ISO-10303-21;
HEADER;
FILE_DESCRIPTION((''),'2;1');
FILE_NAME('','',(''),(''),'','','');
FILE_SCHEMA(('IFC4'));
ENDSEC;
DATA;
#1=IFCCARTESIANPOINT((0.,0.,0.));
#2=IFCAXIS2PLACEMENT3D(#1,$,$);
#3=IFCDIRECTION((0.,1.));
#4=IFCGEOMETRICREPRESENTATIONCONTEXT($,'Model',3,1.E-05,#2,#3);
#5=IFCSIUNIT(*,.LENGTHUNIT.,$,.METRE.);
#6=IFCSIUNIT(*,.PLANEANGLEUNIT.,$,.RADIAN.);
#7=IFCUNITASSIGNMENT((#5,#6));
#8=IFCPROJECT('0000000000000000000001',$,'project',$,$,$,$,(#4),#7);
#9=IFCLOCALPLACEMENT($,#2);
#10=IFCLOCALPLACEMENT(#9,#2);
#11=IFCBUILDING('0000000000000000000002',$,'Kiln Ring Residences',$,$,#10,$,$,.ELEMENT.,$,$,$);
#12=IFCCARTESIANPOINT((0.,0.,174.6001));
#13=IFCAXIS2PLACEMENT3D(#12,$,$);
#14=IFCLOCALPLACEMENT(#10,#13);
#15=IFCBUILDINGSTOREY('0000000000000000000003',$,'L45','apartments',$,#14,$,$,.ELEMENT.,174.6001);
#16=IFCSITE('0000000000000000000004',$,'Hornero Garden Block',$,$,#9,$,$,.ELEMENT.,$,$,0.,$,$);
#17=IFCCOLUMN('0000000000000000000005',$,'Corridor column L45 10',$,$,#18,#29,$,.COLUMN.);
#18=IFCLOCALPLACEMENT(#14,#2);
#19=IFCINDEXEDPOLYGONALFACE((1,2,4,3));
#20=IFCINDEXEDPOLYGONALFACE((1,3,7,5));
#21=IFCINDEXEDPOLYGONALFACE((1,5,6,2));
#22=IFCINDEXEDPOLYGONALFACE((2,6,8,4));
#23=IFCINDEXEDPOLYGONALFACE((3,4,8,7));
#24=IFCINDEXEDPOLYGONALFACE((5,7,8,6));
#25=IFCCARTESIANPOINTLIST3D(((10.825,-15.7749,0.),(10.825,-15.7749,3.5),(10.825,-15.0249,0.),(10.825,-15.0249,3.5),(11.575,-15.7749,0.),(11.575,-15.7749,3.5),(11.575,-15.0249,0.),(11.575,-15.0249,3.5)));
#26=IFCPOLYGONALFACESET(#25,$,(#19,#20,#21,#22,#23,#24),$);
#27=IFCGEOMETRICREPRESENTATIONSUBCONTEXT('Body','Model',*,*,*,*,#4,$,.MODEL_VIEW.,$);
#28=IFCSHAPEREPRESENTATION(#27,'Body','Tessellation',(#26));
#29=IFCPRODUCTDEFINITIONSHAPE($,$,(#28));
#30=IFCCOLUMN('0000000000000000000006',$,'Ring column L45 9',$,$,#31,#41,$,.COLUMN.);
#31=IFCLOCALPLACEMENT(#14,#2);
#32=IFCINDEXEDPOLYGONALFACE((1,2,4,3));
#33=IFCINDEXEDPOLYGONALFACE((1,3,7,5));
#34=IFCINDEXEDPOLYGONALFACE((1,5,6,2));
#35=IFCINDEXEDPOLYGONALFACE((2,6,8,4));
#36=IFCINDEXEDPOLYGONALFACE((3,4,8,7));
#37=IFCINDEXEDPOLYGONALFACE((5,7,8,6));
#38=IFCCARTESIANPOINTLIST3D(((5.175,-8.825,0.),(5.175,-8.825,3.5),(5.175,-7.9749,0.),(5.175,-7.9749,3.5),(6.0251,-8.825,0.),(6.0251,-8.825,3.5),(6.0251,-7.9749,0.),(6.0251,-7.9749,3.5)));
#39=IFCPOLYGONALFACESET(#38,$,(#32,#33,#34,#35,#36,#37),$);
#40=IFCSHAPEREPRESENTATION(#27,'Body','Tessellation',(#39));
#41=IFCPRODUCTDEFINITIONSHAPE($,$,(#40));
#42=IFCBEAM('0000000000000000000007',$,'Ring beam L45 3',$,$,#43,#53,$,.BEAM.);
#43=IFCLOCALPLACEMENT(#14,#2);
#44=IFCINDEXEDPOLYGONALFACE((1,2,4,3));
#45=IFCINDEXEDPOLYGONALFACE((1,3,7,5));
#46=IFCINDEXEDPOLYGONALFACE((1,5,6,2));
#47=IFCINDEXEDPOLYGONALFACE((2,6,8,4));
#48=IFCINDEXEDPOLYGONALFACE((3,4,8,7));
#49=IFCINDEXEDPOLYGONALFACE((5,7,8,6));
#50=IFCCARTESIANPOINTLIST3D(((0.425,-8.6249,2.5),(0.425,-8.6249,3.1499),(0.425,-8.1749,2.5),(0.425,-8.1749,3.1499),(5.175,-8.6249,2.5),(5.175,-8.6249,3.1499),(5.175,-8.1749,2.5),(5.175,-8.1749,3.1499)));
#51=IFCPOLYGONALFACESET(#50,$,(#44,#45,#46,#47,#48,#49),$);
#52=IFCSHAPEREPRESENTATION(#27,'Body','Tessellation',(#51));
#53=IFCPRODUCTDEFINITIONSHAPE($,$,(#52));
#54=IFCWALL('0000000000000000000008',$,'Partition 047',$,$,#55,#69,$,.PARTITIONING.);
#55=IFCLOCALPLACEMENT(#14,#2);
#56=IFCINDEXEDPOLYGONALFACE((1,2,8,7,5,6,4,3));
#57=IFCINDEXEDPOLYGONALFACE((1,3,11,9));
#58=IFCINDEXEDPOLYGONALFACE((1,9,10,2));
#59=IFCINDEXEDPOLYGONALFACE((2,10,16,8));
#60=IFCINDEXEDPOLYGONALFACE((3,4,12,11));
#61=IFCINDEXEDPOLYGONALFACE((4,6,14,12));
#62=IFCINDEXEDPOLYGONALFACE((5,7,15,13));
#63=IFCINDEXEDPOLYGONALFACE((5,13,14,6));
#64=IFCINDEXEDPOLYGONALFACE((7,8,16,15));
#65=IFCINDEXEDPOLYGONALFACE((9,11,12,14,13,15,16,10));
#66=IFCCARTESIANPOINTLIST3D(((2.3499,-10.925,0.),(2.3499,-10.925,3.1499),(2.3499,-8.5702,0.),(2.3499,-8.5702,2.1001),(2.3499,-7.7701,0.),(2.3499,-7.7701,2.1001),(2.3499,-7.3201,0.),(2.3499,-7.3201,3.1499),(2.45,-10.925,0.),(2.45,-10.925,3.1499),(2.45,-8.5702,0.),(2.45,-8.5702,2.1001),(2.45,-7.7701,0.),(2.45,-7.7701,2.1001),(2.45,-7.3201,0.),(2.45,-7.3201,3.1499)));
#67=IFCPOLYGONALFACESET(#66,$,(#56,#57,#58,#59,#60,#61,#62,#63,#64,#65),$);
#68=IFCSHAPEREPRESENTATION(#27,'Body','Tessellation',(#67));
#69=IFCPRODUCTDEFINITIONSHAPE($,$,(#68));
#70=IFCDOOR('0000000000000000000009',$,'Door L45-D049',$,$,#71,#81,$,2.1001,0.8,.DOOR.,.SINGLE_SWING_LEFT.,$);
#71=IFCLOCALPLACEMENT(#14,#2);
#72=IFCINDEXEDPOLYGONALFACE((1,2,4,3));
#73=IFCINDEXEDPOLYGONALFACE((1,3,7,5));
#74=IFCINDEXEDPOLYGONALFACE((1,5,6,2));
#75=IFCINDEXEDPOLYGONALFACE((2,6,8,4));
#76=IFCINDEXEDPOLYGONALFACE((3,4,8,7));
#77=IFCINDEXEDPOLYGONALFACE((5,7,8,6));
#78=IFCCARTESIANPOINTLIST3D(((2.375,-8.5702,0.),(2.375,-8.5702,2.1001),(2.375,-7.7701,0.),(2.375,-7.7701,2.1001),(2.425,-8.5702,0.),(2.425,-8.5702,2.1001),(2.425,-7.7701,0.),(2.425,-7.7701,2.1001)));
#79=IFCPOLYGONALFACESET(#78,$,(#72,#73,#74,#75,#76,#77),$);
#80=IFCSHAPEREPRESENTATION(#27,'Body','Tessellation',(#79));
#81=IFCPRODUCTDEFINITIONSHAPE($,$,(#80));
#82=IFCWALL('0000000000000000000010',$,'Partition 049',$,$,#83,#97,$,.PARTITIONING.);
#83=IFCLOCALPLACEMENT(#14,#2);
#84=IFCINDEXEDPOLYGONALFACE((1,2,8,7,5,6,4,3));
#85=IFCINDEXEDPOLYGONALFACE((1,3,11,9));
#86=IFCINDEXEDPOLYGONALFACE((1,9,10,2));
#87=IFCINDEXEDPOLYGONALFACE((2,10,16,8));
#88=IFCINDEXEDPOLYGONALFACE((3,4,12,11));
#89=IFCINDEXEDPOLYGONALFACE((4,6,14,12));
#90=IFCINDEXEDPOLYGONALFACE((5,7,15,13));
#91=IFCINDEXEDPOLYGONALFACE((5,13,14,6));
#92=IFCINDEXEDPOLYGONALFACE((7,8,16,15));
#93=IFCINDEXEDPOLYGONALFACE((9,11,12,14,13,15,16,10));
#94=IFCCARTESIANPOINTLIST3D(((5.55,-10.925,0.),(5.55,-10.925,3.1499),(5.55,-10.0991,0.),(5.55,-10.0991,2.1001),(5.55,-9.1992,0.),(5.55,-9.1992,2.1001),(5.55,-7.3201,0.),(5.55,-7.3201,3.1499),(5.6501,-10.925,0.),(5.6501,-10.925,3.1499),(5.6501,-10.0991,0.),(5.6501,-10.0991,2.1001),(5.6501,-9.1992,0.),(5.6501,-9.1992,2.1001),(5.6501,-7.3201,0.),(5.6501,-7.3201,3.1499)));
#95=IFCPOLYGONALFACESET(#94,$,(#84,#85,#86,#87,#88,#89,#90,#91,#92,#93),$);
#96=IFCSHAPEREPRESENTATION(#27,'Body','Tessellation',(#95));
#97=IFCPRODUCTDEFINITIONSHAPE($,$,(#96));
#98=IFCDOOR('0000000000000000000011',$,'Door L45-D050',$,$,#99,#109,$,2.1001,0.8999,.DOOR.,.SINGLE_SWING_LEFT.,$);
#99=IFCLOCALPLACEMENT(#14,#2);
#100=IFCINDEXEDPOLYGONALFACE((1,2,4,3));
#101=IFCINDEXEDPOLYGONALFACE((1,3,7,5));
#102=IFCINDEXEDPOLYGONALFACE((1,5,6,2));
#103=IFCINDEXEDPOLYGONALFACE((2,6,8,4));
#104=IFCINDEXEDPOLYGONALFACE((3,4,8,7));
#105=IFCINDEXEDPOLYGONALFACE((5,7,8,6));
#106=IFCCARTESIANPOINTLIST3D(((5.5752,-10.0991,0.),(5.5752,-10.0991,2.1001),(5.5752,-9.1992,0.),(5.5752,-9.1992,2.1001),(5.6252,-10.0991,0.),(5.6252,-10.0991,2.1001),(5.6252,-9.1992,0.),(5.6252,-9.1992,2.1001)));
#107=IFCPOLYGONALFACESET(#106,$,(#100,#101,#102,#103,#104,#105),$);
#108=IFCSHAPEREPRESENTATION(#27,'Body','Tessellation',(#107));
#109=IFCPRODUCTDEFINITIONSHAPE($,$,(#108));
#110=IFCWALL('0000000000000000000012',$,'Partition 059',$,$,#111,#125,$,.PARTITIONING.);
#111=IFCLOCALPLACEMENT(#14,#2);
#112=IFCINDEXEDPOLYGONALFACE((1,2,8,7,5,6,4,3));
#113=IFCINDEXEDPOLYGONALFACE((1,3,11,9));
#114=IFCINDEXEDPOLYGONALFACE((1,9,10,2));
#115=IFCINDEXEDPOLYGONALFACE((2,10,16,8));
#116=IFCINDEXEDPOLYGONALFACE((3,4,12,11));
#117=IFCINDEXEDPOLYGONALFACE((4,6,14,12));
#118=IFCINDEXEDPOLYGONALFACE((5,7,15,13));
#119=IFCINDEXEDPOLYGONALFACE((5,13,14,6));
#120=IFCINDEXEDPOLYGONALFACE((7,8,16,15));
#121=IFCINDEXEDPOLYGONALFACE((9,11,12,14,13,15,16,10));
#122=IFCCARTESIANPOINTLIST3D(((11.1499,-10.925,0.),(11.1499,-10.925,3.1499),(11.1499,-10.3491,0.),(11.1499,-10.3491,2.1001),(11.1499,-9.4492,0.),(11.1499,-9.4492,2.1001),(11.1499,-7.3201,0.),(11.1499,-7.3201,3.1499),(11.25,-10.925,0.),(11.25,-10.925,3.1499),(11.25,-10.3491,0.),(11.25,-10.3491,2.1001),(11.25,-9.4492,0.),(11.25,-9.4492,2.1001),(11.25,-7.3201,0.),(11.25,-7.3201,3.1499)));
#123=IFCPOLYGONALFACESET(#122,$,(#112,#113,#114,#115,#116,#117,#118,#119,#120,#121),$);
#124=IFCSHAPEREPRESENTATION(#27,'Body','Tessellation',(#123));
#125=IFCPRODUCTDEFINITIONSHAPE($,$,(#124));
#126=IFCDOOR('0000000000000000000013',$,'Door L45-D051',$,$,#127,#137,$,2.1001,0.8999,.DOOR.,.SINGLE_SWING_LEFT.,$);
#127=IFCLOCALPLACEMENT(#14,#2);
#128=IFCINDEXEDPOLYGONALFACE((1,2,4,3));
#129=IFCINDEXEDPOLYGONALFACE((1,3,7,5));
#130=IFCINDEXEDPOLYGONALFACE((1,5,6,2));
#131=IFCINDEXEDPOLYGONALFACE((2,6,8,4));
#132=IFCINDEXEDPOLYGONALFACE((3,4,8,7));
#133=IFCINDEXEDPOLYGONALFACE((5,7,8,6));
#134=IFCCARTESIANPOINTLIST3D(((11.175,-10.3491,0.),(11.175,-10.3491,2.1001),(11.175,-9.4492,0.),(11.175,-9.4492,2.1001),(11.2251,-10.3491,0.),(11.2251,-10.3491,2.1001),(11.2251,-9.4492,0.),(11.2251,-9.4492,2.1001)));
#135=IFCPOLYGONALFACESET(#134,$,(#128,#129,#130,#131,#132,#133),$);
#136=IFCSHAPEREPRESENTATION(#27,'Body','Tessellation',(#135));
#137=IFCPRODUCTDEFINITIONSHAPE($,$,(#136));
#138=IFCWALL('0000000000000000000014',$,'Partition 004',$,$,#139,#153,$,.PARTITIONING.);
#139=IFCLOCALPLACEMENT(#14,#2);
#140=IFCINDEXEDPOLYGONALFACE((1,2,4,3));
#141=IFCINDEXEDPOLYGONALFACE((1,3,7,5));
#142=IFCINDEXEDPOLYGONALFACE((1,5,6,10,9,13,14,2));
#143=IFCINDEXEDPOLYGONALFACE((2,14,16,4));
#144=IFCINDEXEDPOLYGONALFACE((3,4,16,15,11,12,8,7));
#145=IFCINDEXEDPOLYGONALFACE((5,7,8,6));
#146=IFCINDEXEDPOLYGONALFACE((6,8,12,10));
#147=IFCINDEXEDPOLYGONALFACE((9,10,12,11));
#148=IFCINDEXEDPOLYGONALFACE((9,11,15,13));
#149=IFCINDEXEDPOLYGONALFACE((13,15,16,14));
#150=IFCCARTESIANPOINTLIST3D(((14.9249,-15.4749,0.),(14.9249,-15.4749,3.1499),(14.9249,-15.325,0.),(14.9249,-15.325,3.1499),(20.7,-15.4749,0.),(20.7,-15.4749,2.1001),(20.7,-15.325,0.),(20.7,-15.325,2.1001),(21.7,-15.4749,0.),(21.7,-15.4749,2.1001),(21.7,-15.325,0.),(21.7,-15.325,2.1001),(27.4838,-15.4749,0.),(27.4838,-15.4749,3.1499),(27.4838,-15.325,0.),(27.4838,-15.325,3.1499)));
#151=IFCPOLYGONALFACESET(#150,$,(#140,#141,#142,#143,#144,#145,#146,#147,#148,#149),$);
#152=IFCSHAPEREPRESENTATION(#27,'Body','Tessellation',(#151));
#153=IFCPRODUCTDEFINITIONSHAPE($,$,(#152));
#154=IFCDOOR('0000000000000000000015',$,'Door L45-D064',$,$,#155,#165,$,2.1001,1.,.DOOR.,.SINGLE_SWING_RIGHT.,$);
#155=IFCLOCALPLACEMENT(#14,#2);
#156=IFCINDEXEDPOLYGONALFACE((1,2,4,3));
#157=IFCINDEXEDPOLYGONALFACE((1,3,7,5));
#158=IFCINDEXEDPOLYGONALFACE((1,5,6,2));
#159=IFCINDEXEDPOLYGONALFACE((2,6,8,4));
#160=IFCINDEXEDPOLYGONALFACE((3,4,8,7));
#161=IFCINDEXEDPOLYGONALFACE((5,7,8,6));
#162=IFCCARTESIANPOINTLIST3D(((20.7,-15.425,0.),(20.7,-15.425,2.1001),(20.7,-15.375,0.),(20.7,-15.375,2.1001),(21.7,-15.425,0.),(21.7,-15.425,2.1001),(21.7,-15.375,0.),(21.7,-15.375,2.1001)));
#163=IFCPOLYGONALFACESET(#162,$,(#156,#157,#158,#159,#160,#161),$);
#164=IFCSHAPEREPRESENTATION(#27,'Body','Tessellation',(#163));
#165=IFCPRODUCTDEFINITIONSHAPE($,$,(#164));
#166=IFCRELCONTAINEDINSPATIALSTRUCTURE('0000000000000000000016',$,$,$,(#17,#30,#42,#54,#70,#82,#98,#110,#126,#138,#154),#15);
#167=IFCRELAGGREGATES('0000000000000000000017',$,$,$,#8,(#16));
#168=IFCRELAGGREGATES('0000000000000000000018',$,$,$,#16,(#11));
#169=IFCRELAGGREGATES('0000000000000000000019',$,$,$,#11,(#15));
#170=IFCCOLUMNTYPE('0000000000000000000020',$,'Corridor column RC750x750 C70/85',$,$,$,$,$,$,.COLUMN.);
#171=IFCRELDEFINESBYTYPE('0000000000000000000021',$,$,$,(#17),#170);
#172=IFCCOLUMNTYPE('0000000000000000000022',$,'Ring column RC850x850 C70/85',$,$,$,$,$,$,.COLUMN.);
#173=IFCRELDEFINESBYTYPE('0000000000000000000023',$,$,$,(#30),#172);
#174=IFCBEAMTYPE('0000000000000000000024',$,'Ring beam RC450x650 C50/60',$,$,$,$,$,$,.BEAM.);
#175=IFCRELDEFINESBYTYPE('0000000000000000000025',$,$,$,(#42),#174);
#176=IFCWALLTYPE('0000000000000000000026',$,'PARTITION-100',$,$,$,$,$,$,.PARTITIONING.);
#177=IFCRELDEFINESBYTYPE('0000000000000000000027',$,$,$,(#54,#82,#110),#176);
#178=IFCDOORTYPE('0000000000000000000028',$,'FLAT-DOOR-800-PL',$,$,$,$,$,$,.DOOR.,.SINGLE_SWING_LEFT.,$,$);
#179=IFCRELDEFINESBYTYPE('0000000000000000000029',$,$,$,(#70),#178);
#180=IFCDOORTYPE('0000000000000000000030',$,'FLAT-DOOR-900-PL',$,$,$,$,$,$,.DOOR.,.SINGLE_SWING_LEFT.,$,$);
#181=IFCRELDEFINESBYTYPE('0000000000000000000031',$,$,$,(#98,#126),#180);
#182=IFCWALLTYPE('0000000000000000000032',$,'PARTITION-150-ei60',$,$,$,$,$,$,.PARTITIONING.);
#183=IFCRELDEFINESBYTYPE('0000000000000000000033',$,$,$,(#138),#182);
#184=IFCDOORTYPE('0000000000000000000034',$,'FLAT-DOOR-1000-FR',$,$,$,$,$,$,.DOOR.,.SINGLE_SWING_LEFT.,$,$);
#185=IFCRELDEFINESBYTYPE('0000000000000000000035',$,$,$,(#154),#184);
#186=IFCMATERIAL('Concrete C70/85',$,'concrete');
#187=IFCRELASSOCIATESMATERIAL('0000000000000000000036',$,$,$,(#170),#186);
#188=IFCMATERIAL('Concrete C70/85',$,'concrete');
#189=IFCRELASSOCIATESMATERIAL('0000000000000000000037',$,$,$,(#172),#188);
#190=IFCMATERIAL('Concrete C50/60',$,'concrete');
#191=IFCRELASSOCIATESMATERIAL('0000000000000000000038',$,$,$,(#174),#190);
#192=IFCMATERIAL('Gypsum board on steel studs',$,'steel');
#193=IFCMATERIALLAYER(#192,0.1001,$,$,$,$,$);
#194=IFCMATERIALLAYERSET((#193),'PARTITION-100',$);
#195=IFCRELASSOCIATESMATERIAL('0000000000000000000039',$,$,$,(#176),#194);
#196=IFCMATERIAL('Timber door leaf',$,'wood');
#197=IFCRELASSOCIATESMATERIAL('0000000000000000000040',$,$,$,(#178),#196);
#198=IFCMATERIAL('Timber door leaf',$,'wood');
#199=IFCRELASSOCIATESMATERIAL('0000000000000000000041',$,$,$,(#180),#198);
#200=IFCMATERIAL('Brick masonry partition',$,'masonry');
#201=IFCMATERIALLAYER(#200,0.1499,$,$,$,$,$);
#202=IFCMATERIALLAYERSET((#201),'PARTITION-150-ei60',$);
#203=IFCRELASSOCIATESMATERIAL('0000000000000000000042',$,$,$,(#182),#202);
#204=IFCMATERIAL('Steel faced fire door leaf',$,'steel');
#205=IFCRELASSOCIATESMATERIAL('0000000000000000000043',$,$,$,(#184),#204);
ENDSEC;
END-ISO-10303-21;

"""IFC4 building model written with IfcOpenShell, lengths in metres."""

from ifc_helpers import new_model, si_unit, direction, frame, frame_2d, origin, origin_2d, place, context, subcontext, project, spatial, rectangle, extrude, material, layer, layer_set, material_profile, profile_set, type_object, element, fill, save


model = new_model("IFC4")

# Units and contexts
model_context = context("Model", 3, precision=1e-05, world=origin(), true_north=direction((0.0, 1.0)))
body_context = subcontext(model_context, "Body", "Model", "MODEL_VIEW")
ifc_project = project(units=[si_unit("LENGTHUNIT", "METRE"), si_unit("PLANEANGLEUNIT", "RADIAN")], contexts=[model_context])

# Site, building, storey
site_placement = place(None, origin())
site = spatial("IfcSite", under=ifc_project, at=site_placement, Name="Hornero Garden Block", CompositionType="ELEMENT", RefElevation=0.0)
building_placement = place(site_placement, origin())
building = spatial("IfcBuilding", under=site, at=building_placement, Name="Kiln Ring Residences", CompositionType="ELEMENT")
storey_placement = place(building_placement, frame((0.0, 0.0, 174.6001)))
storey = spatial("IfcBuildingStorey", under=building, at=storey_placement, Name="L45", Description="apartments", CompositionType="ELEMENT", Elevation=174.6001)

# Columns
ifc_material_1 = material(Name="Concrete C70/85", Category="concrete")
ifc_material_profile_1 = material_profile(ifc_material_1, rectangle(XDim=0.75, YDim=0.75, at=origin_2d()), Name="RC750x750")
ifc_profile_set_1 = profile_set([ifc_material_profile_1], Name="Concrete C70/85")
column_type_1 = type_object("IfcColumnType", Name="Corridor column RC750x750 C70/85", PredefinedType="COLUMN", material=ifc_profile_set_1)
column_1_placement = place(storey_placement, frame((11.2, -15.3999, 0.0), z_axis=(0.0, 0.0, 1.0), x_axis=(1.0, 0.0, 0.0)))
element("IfcColumn", 1, at=column_1_placement, inside=storey, type_object=column_type_1, Name="Corridor column L45 10", PredefinedType="COLUMN", context=body_context, shape_type="SweptSolid", body=[
    extrude(rectangle(XDim=0.75, YDim=0.75, at=origin_2d()), origin(), (0.0, 0.0, 1.0), 3.5),
])
ifc_material_2 = material(Name="Concrete C70/85", Category="concrete")
ifc_material_profile_2 = material_profile(ifc_material_2, rectangle(XDim=0.8501, YDim=0.8501, at=origin_2d()), Name="RC850x850")
ifc_profile_set_2 = profile_set([ifc_material_profile_2], Name="Concrete C70/85")
column_type_2 = type_object("IfcColumnType", Name="Ring column RC850x850 C70/85", PredefinedType="COLUMN", material=ifc_profile_set_2)
column_2_placement = place(storey_placement, frame((5.6001, -8.3999, 0.0), z_axis=(0.0, 0.0, 1.0), x_axis=(1.0, 0.0, 0.0)))
element("IfcColumn", 2, at=column_2_placement, inside=storey, type_object=column_type_2, Name="Ring column L45 9", PredefinedType="COLUMN", context=body_context, shape_type="SweptSolid", body=[
    extrude(rectangle(XDim=0.8501, YDim=0.8501, at=origin_2d()), origin(), (0.0, 0.0, 1.0), 3.5),
])

# Beam
ifc_material_3 = material(Name="Concrete C50/60", Category="concrete")
ifc_material_profile_3 = material_profile(ifc_material_3, rectangle(XDim=0.45, YDim=0.6499, at=origin_2d()), Name="RC450x650")
ifc_profile_set_3 = profile_set([ifc_material_profile_3], Name="Concrete C50/60")
beam_type = type_object("IfcBeamType", Name="Ring beam RC450x650 C50/60", PredefinedType="BEAM", material=ifc_profile_set_3)
beam_placement = place(storey_placement, frame((0.425, -8.3999, 2.825), z_axis=(1.0, 0.0, 0.0), x_axis=(0.0, 1.0, 0.0)))
element("IfcBeam", 3, at=beam_placement, inside=storey, type_object=beam_type, Name="Ring beam L45 3", PredefinedType="BEAM", context=body_context, shape_type="SweptSolid", body=[
    extrude(rectangle(XDim=0.45, YDim=0.6499, at=origin_2d()), origin(), (0.0, 0.0, 1.0), 4.75),
])

# Walls, openings, doors
ifc_material_4 = material(Name="Gypsum board on steel studs", Category="steel")
ifc_layer_1 = layer(ifc_material_4, 0.1001)
ifc_layer_set_1 = layer_set([ifc_layer_1], Name="PARTITION-100")
wall_type_1 = type_object("IfcWallType", Name="PARTITION-100", PredefinedType="PARTITIONING", material=ifc_layer_set_1)
wall_1_placement = place(storey_placement, frame((2.3999, -10.925, 0.0), z_axis=(0.0, 0.0, 1.0), x_axis=(0.0, 1.0, 0.0)))
wall_1 = element("IfcWall", 4, at=wall_1_placement, inside=storey, type_object=wall_type_1, Name="Partition 047", PredefinedType="PARTITIONING", context=body_context, shape_type="SweptSolid", body=[
    extrude(rectangle(XDim=3.605, YDim=0.1001, at=frame_2d((1.8025, 0.0))), origin(), (0.0, 0.0, 1.0), 3.1499),
])
opening_1_placement = place(wall_1_placement, frame((2.355, 0.0, 0.0)))
opening_1 = element("IfcOpeningElement", 5, at=opening_1_placement, cuts=wall_1, PredefinedType="OPENING", context=body_context, shape_type="SweptSolid", body=[
    extrude(rectangle(XDim=0.8, YDim=2.1001, at=frame_2d((0.3999, 1.05))), frame((0.0, 0.0601, 0.0), z_axis=(0.0, -1.0, 0.0), x_axis=(1.0, 0.0, 0.0)), (0.0, 0.0, 1.0), 0.1201),
])
ifc_material_5 = material(Name="Timber door leaf", Category="wood")
door_type_1 = type_object("IfcDoorType", Name="FLAT-DOOR-800-PL", OperationType="SINGLE_SWING_LEFT", PredefinedType="DOOR", material=ifc_material_5)
door_1_placement = place(opening_1_placement, origin())
door_1 = element("IfcDoor", 6, at=door_1_placement, inside=storey, type_object=door_type_1, Name="Door L45-D049", OperationType="SINGLE_SWING_LEFT", OverallHeight=2.1001, OverallWidth=0.8, PredefinedType="DOOR", context=body_context, shape_type="SweptSolid", body=[
    extrude(rectangle(XDim=0.8, YDim=2.1001, at=frame_2d((0.3999, 1.05))), frame((0.0, 0.0249, 0.0), z_axis=(0.0, -1.0, 0.0), x_axis=(1.0, 0.0, 0.0)), (0.0, 0.0, 1.0), 0.05),
])
fill(opening_1, door_1)
wall_2_placement = place(storey_placement, frame((5.6001, -10.925, 0.0), z_axis=(0.0, 0.0, 1.0), x_axis=(0.0, 1.0, 0.0)))
wall_2 = element("IfcWall", 7, at=wall_2_placement, inside=storey, type_object=wall_type_1, Name="Partition 049", PredefinedType="PARTITIONING", context=body_context, shape_type="SweptSolid", body=[
    extrude(rectangle(XDim=3.605, YDim=0.1001, at=frame_2d((1.8025, 0.0))), origin(), (0.0, 0.0, 1.0), 3.1499),
])
opening_2_placement = place(wall_2_placement, frame((0.8259, 0.0, 0.0)))
opening_2 = element("IfcOpeningElement", 8, at=opening_2_placement, cuts=wall_2, PredefinedType="OPENING", context=body_context, shape_type="SweptSolid", body=[
    extrude(rectangle(XDim=0.8999, YDim=2.1001, at=frame_2d((0.45, 1.05))), frame((0.0, 0.0601, 0.0), z_axis=(0.0, -1.0, 0.0), x_axis=(1.0, 0.0, 0.0)), (0.0, 0.0, 1.0), 0.1201),
])
ifc_material_6 = material(Name="Timber door leaf", Category="wood")
door_type_2 = type_object("IfcDoorType", Name="FLAT-DOOR-900-PL", OperationType="SINGLE_SWING_LEFT", PredefinedType="DOOR", material=ifc_material_6)
door_2_placement = place(opening_2_placement, origin())
door_2 = element("IfcDoor", 9, at=door_2_placement, inside=storey, type_object=door_type_2, Name="Door L45-D050", OperationType="SINGLE_SWING_LEFT", OverallHeight=2.1001, OverallWidth=0.8999, PredefinedType="DOOR", context=body_context, shape_type="SweptSolid", body=[
    extrude(rectangle(XDim=0.8999, YDim=2.1001, at=frame_2d((0.45, 1.05))), frame((0.0, 0.0249, 0.0), z_axis=(0.0, -1.0, 0.0), x_axis=(1.0, 0.0, 0.0)), (0.0, 0.0, 1.0), 0.05),
])
fill(opening_2, door_2)
wall_3_placement = place(storey_placement, frame((11.2, -10.925, 0.0), z_axis=(0.0, 0.0, 1.0), x_axis=(0.0, 1.0, 0.0)))
wall_3 = element("IfcWall", 10, at=wall_3_placement, inside=storey, type_object=wall_type_1, Name="Partition 059", PredefinedType="PARTITIONING", context=body_context, shape_type="SweptSolid", body=[
    extrude(rectangle(XDim=3.605, YDim=0.1001, at=frame_2d((1.8025, 0.0))), origin(), (0.0, 0.0, 1.0), 3.1499),
])
opening_3_placement = place(wall_3_placement, frame((0.5759, 0.0, 0.0)))
opening_3 = element("IfcOpeningElement", 11, at=opening_3_placement, cuts=wall_3, PredefinedType="OPENING", context=body_context, shape_type="SweptSolid", body=[
    extrude(rectangle(XDim=0.8999, YDim=2.1001, at=frame_2d((0.45, 1.05))), frame((0.0, 0.0601, 0.0), z_axis=(0.0, -1.0, 0.0), x_axis=(1.0, 0.0, 0.0)), (0.0, 0.0, 1.0), 0.1201),
])
door_3_placement = place(opening_3_placement, origin())
door_3 = element("IfcDoor", 12, at=door_3_placement, inside=storey, type_object=door_type_2, Name="Door L45-D051", OperationType="SINGLE_SWING_LEFT", OverallHeight=2.1001, OverallWidth=0.8999, PredefinedType="DOOR", context=body_context, shape_type="SweptSolid", body=[
    extrude(rectangle(XDim=0.8999, YDim=2.1001, at=frame_2d((0.45, 1.05))), frame((0.0, 0.0249, 0.0), z_axis=(0.0, -1.0, 0.0), x_axis=(1.0, 0.0, 0.0)), (0.0, 0.0, 1.0), 0.05),
])
fill(opening_3, door_3)
ifc_material_7 = material(Name="Brick masonry partition", Category="masonry")
ifc_layer_2 = layer(ifc_material_7, 0.1499)
ifc_layer_set_2 = layer_set([ifc_layer_2], Name="PARTITION-150-ei60")
wall_type_2 = type_object("IfcWallType", Name="PARTITION-150-ei60", PredefinedType="PARTITIONING", material=ifc_layer_set_2)
wall_4_placement = place(storey_placement, frame((14.925, -15.3999, 0.0), z_axis=(0.0, 0.0, 1.0), x_axis=(1.0, 0.0, 0.0)))
wall_4 = element("IfcWall", 13, at=wall_4_placement, inside=storey, type_object=wall_type_2, Name="Partition 004", PredefinedType="PARTITIONING", context=body_context, shape_type="SweptSolid", body=[
    extrude(rectangle(XDim=12.5588, YDim=0.1499, at=frame_2d((6.2793, 0.0))), origin(), (0.0, 0.0, 1.0), 3.1499),
])
opening_4_placement = place(wall_4_placement, frame((5.7749, 0.0, 0.0)))
opening_4 = element("IfcOpeningElement", 14, at=opening_4_placement, cuts=wall_4, PredefinedType="OPENING", context=body_context, shape_type="SweptSolid", body=[
    extrude(rectangle(XDim=1.0, YDim=2.1001, at=frame_2d((0.5, 1.05))), frame((0.0, 0.085, 0.0), z_axis=(0.0, -1.0, 0.0), x_axis=(1.0, 0.0, 0.0)), (0.0, 0.0, 1.0), 0.1699),
])
ifc_material_8 = material(Name="Steel faced fire door leaf", Category="steel")
door_type_3 = type_object("IfcDoorType", Name="FLAT-DOOR-1000-FR", OperationType="SINGLE_SWING_LEFT", PredefinedType="DOOR", material=ifc_material_8)
door_4_placement = place(opening_4_placement, origin())
door_4 = element("IfcDoor", 15, at=door_4_placement, inside=storey, type_object=door_type_3, Name="Door L45-D064", OperationType="SINGLE_SWING_RIGHT", OverallHeight=2.1001, OverallWidth=1.0, PredefinedType="DOOR", context=body_context, shape_type="SweptSolid", body=[
    extrude(rectangle(XDim=1.0, YDim=2.1001, at=frame_2d((0.5, 1.05))), frame((0.0, 0.0249, 0.0), z_axis=(0.0, -1.0, 0.0), x_axis=(1.0, 0.0, 0.0)), (0.0, 0.0, 1.0), 0.05),
])
fill(opening_4, door_4)

save(model, "model.ifc")
